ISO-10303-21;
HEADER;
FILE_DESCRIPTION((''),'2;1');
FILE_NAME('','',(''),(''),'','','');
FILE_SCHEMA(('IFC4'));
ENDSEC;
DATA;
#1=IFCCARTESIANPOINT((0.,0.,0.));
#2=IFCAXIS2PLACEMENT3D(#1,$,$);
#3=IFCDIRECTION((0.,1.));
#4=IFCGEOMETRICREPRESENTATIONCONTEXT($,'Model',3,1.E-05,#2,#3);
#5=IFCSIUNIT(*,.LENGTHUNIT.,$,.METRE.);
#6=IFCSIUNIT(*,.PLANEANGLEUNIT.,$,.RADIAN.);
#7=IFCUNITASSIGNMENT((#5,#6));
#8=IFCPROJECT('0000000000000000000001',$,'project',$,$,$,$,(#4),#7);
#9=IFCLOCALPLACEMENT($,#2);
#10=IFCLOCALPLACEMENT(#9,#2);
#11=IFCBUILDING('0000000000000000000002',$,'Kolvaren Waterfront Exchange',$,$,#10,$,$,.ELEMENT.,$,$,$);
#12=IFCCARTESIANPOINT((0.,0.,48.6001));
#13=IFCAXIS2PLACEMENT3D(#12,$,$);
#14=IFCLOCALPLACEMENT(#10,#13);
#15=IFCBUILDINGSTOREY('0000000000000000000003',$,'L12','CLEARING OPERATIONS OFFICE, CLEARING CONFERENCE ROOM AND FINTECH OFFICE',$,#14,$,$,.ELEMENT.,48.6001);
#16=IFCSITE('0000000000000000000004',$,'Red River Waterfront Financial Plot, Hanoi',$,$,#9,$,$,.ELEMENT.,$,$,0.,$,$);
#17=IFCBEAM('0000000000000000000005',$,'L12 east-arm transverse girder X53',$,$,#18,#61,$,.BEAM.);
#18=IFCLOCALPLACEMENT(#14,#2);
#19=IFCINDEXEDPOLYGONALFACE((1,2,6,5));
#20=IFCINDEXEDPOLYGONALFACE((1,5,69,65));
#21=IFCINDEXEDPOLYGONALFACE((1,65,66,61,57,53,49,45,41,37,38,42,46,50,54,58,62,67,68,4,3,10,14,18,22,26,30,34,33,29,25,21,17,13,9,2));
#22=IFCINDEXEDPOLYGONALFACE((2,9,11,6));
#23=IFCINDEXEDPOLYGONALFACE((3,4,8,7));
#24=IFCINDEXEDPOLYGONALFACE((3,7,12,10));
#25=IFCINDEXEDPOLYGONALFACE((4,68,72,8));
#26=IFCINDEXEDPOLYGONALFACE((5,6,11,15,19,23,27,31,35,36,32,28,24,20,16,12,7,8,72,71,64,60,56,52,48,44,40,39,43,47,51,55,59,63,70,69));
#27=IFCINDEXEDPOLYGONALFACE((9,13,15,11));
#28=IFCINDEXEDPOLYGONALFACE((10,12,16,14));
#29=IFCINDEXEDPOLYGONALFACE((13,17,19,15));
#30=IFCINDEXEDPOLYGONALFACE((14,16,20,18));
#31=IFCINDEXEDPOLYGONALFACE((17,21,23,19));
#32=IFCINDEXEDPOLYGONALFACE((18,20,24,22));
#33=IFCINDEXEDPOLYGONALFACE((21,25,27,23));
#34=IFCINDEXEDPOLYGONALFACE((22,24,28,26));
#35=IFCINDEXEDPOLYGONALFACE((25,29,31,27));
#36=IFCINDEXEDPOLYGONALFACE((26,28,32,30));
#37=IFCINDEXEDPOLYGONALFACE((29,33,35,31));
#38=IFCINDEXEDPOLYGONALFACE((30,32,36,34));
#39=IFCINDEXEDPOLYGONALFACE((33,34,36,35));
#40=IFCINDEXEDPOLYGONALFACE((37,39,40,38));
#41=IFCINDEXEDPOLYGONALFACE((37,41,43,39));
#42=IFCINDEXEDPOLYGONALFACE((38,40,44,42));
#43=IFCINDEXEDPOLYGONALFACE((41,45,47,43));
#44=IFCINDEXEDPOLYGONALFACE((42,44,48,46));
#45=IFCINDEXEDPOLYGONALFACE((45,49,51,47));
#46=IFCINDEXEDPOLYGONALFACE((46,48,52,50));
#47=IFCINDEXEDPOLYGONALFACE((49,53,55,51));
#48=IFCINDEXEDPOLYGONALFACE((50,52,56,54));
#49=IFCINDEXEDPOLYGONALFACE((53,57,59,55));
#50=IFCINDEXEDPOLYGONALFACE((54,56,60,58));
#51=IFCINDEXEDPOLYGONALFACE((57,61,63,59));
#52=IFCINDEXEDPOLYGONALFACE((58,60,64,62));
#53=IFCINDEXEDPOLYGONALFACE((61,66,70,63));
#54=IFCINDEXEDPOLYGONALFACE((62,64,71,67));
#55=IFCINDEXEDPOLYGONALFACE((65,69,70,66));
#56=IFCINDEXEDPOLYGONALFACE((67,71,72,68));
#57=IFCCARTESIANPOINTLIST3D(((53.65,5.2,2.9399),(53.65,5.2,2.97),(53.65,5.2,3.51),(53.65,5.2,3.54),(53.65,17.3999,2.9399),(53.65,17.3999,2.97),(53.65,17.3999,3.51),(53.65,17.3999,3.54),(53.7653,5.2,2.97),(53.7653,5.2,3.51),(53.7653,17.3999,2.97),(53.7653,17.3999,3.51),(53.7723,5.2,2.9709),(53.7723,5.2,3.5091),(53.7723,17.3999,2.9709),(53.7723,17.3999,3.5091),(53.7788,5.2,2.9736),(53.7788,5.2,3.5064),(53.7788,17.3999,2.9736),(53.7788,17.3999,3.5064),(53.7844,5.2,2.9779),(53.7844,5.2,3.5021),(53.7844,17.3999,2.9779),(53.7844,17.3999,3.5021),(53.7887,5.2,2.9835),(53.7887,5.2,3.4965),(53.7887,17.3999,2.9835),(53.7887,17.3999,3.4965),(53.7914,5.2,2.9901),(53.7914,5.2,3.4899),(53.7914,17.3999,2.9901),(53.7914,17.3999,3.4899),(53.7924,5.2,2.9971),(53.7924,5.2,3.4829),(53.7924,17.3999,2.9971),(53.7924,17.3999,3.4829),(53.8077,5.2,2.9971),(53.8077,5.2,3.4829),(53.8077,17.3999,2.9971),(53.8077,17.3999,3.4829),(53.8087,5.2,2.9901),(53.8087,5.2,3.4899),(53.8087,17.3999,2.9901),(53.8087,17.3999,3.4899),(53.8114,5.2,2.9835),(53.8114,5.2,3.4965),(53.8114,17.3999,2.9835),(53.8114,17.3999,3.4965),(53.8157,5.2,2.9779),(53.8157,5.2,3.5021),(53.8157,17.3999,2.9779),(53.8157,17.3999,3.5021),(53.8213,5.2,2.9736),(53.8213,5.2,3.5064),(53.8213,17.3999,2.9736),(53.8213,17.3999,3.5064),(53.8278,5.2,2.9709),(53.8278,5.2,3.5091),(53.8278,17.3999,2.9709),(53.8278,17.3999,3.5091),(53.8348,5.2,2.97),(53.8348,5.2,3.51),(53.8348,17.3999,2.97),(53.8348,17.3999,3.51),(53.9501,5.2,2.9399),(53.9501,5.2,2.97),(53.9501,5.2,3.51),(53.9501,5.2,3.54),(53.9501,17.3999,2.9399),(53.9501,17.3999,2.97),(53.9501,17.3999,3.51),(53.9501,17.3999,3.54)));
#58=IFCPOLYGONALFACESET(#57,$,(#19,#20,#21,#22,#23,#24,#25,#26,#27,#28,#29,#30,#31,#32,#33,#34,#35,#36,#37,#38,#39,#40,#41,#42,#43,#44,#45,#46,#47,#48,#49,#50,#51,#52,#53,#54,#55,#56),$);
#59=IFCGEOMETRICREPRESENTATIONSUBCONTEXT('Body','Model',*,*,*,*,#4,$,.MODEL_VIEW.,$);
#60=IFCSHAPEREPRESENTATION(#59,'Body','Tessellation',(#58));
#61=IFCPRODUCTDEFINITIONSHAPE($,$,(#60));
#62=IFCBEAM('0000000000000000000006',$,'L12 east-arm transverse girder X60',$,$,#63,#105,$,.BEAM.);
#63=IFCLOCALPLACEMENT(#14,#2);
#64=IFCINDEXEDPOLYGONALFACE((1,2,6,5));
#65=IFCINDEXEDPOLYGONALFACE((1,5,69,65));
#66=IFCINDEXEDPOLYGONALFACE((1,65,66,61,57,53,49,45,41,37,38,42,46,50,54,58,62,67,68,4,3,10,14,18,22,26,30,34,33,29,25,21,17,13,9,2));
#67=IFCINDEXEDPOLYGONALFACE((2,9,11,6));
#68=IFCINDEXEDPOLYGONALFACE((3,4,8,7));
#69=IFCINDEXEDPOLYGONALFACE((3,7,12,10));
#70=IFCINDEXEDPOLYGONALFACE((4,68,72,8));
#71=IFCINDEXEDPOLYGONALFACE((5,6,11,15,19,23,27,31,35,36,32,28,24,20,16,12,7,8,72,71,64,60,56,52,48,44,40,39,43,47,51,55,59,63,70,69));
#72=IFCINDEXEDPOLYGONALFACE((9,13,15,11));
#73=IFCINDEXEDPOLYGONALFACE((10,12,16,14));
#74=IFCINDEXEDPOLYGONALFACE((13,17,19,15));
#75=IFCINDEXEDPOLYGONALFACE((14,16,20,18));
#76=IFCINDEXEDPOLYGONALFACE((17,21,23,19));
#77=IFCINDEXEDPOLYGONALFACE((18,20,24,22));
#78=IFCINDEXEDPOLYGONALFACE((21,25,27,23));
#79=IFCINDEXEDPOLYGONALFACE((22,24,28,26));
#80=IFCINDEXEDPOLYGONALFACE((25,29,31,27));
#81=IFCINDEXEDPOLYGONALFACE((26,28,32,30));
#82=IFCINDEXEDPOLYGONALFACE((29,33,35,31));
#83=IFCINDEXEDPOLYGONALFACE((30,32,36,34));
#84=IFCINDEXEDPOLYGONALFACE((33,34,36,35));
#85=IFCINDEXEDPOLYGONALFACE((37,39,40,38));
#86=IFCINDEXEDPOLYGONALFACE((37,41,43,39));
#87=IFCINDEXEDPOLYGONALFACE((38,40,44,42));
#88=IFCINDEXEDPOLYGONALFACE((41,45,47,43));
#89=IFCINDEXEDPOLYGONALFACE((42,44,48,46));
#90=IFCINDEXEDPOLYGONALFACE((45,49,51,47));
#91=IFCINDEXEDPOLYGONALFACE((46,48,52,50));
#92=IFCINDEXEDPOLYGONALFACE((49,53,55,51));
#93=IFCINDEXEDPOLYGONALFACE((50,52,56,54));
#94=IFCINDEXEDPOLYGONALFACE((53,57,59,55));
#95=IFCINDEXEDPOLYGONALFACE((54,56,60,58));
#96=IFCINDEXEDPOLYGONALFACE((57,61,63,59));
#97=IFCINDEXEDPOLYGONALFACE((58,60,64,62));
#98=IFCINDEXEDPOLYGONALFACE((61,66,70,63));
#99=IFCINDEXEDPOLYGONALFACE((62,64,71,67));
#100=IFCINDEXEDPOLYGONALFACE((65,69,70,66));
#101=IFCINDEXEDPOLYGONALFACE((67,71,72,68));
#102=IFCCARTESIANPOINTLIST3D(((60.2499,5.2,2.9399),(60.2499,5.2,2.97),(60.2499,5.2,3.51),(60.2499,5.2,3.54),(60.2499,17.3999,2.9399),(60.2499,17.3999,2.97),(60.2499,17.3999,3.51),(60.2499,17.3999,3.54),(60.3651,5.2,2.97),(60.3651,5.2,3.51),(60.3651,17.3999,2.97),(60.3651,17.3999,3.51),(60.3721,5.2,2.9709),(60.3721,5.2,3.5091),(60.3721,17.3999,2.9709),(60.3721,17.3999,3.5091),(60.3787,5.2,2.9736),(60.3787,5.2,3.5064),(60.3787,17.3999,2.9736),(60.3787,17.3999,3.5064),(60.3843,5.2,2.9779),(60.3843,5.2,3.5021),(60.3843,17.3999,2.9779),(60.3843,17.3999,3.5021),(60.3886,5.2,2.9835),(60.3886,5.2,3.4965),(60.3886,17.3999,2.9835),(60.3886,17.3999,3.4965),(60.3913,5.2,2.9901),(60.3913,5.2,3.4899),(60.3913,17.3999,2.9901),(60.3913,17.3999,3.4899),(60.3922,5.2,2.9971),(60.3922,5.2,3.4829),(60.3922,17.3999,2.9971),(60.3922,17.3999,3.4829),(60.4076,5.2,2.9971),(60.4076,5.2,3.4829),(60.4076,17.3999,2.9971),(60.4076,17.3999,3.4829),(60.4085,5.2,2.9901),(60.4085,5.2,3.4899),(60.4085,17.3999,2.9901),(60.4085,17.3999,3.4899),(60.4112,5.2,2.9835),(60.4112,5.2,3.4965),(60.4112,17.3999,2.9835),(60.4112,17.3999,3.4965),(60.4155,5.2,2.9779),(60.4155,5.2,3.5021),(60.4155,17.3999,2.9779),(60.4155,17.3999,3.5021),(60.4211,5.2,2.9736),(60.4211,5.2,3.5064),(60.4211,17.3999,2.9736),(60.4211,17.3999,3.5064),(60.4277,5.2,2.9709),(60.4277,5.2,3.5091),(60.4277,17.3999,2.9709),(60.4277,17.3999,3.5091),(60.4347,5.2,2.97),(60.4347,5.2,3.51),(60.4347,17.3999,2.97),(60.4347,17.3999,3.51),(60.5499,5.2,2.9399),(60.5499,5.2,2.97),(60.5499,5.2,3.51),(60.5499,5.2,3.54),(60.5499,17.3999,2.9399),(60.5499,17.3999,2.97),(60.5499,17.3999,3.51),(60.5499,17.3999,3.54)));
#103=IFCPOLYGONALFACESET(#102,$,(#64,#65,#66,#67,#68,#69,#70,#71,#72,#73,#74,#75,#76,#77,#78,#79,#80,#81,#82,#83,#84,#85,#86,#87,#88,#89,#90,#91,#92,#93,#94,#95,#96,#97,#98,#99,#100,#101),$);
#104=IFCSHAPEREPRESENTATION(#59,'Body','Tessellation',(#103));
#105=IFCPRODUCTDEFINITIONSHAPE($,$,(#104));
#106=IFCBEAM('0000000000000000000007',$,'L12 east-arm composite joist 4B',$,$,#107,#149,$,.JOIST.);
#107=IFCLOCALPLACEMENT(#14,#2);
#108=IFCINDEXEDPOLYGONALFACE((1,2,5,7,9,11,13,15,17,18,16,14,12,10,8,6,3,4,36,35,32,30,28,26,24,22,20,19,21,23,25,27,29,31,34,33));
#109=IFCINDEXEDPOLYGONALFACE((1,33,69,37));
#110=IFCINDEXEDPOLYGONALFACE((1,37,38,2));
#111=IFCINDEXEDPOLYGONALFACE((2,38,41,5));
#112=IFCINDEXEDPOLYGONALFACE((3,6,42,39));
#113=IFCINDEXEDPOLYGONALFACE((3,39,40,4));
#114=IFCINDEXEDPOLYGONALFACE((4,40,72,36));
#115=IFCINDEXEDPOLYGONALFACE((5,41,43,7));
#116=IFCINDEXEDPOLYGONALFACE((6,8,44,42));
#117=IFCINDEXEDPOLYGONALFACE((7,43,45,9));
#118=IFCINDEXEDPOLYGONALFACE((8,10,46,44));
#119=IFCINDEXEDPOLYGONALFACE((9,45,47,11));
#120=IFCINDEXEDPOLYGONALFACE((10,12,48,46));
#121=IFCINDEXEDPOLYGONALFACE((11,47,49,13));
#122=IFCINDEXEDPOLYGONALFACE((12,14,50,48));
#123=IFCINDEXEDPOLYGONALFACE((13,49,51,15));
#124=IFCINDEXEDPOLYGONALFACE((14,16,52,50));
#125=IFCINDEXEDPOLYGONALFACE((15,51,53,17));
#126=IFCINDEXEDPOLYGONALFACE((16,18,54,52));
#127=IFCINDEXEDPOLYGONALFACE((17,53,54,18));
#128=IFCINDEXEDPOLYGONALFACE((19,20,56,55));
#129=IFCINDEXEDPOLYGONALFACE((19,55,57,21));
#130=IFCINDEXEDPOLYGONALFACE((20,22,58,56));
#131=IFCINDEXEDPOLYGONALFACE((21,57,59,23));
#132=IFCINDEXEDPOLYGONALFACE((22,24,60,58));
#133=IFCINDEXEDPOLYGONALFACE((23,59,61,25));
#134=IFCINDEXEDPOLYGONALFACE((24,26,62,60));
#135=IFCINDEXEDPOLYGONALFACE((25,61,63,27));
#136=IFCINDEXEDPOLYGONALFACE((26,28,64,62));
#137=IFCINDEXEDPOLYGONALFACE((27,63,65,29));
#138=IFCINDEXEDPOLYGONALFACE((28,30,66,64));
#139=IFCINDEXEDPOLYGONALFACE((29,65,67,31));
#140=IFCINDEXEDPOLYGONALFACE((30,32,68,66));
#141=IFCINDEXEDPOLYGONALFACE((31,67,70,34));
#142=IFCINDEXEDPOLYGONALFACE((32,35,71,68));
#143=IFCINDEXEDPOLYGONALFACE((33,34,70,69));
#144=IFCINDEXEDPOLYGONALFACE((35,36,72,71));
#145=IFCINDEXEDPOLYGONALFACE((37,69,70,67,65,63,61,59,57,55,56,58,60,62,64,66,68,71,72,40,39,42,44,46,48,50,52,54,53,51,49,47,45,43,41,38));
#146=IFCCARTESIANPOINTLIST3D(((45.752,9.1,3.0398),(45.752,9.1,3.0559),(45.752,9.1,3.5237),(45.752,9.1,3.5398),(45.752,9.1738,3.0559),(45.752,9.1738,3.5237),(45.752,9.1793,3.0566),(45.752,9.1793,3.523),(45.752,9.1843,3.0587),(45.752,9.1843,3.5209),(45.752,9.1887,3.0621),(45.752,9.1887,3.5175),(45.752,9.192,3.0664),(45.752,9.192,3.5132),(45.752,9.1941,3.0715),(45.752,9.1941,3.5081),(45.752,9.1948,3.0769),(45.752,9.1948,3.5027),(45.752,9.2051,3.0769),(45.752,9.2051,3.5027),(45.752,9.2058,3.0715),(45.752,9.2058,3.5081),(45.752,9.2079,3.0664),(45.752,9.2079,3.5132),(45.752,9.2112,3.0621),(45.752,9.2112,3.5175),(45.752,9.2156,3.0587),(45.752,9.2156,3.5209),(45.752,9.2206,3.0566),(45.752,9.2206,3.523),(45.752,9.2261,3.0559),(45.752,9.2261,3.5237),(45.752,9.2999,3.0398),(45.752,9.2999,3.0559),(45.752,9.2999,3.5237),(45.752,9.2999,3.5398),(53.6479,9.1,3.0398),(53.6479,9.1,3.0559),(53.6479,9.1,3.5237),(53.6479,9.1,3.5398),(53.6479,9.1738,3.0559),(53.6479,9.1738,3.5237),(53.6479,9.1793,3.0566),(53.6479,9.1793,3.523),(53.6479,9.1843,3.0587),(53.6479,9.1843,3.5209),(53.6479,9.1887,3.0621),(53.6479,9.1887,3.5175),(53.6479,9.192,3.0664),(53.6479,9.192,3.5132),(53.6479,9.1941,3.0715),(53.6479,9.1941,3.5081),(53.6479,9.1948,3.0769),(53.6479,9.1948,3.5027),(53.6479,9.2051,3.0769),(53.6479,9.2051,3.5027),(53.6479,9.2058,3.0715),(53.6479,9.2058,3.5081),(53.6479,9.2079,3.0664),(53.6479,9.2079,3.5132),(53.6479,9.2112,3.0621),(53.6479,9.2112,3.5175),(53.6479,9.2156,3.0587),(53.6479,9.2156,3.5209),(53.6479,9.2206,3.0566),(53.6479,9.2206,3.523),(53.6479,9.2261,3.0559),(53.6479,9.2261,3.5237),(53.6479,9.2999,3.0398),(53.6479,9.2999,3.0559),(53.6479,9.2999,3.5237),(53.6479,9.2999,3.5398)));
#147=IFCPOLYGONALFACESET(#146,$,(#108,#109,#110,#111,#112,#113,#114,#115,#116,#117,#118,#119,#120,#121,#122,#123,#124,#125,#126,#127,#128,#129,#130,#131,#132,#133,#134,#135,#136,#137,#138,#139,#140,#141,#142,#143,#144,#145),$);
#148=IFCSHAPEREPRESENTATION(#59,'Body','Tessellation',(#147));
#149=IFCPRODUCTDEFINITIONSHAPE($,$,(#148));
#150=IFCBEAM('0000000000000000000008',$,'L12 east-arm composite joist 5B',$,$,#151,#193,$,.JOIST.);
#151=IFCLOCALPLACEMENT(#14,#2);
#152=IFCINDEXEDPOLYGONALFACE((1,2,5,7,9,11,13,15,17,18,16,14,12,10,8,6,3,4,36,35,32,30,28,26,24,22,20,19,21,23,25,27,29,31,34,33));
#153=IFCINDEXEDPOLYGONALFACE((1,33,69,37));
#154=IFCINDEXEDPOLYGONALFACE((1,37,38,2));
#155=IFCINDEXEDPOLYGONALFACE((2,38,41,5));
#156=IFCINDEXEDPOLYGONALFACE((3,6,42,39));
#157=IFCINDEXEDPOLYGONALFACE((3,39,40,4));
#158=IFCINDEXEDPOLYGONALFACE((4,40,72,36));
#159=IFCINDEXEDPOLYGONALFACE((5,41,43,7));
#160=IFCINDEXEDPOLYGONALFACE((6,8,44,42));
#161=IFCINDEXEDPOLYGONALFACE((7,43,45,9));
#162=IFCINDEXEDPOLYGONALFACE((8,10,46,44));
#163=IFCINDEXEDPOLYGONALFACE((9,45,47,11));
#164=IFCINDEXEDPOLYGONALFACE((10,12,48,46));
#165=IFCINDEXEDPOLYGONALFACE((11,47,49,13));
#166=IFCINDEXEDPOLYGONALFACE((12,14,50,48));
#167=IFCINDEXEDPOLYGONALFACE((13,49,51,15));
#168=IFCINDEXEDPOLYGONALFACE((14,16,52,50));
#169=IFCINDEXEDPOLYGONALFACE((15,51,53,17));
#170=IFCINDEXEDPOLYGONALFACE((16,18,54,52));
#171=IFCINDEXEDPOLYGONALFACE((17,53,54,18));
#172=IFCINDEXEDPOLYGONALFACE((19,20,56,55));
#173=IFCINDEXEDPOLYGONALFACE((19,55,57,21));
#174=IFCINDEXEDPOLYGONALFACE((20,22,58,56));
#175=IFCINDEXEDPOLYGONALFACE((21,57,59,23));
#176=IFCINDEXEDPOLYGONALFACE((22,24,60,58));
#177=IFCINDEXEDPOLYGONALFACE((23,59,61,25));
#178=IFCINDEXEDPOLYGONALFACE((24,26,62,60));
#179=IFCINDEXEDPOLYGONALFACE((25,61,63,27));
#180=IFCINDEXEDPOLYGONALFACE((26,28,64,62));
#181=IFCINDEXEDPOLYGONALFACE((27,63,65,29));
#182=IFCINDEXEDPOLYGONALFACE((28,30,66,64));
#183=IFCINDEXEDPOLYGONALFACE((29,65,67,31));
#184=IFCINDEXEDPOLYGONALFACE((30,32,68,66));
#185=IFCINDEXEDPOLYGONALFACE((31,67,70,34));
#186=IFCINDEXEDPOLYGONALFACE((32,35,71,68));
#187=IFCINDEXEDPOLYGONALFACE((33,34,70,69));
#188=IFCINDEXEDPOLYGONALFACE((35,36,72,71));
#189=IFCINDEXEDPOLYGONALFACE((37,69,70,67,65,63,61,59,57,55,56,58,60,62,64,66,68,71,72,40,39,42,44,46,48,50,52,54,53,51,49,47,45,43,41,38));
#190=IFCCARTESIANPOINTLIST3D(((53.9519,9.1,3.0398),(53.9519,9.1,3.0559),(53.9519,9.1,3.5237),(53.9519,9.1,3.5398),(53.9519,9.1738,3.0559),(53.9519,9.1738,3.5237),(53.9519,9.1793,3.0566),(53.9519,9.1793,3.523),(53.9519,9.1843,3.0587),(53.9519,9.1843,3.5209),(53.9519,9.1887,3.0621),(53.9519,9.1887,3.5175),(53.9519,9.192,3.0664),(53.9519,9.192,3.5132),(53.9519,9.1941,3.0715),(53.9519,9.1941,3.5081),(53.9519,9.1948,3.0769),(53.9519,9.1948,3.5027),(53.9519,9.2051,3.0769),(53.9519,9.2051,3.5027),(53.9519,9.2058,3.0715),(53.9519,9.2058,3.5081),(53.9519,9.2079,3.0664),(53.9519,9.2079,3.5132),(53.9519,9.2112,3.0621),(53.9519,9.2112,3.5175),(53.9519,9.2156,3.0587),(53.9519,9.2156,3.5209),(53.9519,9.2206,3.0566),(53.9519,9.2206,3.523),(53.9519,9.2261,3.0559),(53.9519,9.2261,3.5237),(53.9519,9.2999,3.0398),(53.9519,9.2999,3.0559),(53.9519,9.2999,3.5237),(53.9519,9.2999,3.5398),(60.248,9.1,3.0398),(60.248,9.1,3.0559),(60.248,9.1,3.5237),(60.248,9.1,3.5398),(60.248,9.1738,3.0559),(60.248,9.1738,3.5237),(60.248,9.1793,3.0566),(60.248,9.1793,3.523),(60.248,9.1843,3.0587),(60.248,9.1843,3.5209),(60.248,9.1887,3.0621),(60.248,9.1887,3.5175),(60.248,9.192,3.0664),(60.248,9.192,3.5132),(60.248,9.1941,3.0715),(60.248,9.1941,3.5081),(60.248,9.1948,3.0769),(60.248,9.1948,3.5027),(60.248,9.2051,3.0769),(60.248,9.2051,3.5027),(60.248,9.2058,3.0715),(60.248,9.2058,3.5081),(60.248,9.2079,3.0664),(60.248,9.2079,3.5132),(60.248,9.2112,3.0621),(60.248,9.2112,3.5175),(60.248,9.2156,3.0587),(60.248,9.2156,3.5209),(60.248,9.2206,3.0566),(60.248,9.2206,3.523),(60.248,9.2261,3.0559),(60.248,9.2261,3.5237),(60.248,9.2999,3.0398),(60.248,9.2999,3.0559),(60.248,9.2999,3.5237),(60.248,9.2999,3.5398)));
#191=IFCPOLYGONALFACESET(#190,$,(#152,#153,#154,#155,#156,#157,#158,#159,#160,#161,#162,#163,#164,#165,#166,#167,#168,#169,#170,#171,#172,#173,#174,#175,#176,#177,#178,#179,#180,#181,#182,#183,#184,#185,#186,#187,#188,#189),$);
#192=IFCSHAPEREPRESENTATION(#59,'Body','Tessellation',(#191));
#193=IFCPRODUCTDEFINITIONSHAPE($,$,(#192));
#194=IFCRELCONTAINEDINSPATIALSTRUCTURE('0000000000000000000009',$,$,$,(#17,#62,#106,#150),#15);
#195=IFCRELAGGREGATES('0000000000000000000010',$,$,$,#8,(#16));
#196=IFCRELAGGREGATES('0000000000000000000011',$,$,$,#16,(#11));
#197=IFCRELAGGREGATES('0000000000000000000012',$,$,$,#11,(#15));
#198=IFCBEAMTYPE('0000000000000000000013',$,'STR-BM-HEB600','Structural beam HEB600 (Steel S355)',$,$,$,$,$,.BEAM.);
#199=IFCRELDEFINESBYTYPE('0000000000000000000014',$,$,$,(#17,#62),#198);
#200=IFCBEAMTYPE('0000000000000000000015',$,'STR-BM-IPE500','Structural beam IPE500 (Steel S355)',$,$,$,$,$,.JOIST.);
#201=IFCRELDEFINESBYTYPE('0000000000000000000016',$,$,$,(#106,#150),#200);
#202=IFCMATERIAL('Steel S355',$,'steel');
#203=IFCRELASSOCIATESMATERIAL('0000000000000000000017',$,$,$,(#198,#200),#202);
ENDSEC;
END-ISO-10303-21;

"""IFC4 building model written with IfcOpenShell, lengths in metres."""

from ifc_helpers import new_model, si_unit, direction, frame, origin, origin_2d, place, context, subcontext, project, spatial, i_section, extrude, material, material_profile, profile_set, type_object, element, save


model = new_model("IFC4")

# Units and contexts
model_context = context("Model", 3, precision=1e-05, world=origin(), true_north=direction((0.0, 1.0)))
body_context = subcontext(model_context, "Body", "Model", "MODEL_VIEW")
ifc_project = project(units=[si_unit("LENGTHUNIT", "METRE"), si_unit("PLANEANGLEUNIT", "RADIAN")], contexts=[model_context])

# Site, building, storey
site_placement = place(None, origin())
site = spatial("IfcSite", under=ifc_project, at=site_placement, Name="Red River Waterfront Financial Plot, Hanoi", CompositionType="ELEMENT", RefElevation=0.0)
building_placement = place(site_placement, origin())
building = spatial("IfcBuilding", under=site, at=building_placement, Name="Kolvaren Waterfront Exchange", CompositionType="ELEMENT")
storey_placement = place(building_placement, frame((0.0, 0.0, 48.6001)))
storey = spatial("IfcBuildingStorey", under=building, at=storey_placement, Name="L12", Description="CLEARING OPERATIONS OFFICE, CLEARING CONFERENCE ROOM AND FINTECH OFFICE", CompositionType="ELEMENT", Elevation=48.6001)

# Beams
ifc_material_1 = material(Name="Steel S355", Category="steel")
ifc_material_profile_1 = material_profile(ifc_material_1, i_section(OverallWidth=0.3, OverallDepth=0.6001, WebThickness=0.0154, FlangeThickness=0.03, FilletRadius=0.0271, at=origin_2d()), Name="HEB600")
ifc_profile_set_1 = profile_set([ifc_material_profile_1], Name="Steel S355")
beam_type_1 = type_object("IfcBeamType", Name="STR-BM-HEB600", Description="Structural beam HEB600 (Steel S355)", PredefinedType="BEAM", material=ifc_profile_set_1)
for number, where, z_axis, x_axis, name in (
    (1, (53.8, 5.2, 3.24), (0.0, 1.0, 0.0), (-1.0, 0.0, 0.0), "L12 east-arm transverse girder X53"),
    (2, (60.3999, 5.2, 3.24), (0.0, 1.0, 0.0), (-1.0, 0.0, 0.0), "L12 east-arm transverse girder X60"),
):
    element("IfcBeam", number, at=place(storey_placement, frame(where, z_axis=z_axis, x_axis=x_axis)), inside=storey, type_object=beam_type_1, Name=name, PredefinedType="BEAM", context=body_context, shape_type="SweptSolid", body=[
        extrude(i_section(OverallWidth=0.3, OverallDepth=0.6001, WebThickness=0.0154, FlangeThickness=0.03, FilletRadius=0.0271, at=origin_2d()), origin(), (0.0, 0.0, 1.0), 12.2),
    ])
ifc_material_profile_2 = material_profile(ifc_material_1, i_section(OverallWidth=0.2, OverallDepth=0.5, WebThickness=0.0103, FlangeThickness=0.0161, FilletRadius=0.021, at=origin_2d()), Name="IPE500")
ifc_profile_set_2 = profile_set([ifc_material_profile_2], Name="Steel S355")
beam_type_2 = type_object("IfcBeamType", Name="STR-BM-IPE500", Description="Structural beam IPE500 (Steel S355)", PredefinedType="JOIST", material=ifc_profile_set_2)
beam_1_placement = place(storey_placement, frame((45.752, 9.2, 3.2898), z_axis=(1.0, 0.0, 0.0), x_axis=(0.0, 1.0, 0.0)))
element("IfcBeam", 3, at=beam_1_placement, inside=storey, type_object=beam_type_2, Name="L12 east-arm composite joist 4B", PredefinedType="JOIST", context=body_context, shape_type="SweptSolid", body=[
    extrude(i_section(OverallWidth=0.2, OverallDepth=0.5, WebThickness=0.0103, FlangeThickness=0.0161, FilletRadius=0.021, at=origin_2d()), origin(), (0.0, 0.0, 1.0), 7.896),
])
beam_2_placement = place(storey_placement, frame((53.9519, 9.2, 3.2898), z_axis=(1.0, 0.0, 0.0), x_axis=(0.0, 1.0, 0.0)))
element("IfcBeam", 4, at=beam_2_placement, inside=storey, type_object=beam_type_2, Name="L12 east-arm composite joist 5B", PredefinedType="JOIST", context=body_context, shape_type="SweptSolid", body=[
    extrude(i_section(OverallWidth=0.2, OverallDepth=0.5, WebThickness=0.0103, FlangeThickness=0.0161, FilletRadius=0.021, at=origin_2d()), origin(), (0.0, 0.0, 1.0), 6.2961),
])

save(model, "model.ifc")
